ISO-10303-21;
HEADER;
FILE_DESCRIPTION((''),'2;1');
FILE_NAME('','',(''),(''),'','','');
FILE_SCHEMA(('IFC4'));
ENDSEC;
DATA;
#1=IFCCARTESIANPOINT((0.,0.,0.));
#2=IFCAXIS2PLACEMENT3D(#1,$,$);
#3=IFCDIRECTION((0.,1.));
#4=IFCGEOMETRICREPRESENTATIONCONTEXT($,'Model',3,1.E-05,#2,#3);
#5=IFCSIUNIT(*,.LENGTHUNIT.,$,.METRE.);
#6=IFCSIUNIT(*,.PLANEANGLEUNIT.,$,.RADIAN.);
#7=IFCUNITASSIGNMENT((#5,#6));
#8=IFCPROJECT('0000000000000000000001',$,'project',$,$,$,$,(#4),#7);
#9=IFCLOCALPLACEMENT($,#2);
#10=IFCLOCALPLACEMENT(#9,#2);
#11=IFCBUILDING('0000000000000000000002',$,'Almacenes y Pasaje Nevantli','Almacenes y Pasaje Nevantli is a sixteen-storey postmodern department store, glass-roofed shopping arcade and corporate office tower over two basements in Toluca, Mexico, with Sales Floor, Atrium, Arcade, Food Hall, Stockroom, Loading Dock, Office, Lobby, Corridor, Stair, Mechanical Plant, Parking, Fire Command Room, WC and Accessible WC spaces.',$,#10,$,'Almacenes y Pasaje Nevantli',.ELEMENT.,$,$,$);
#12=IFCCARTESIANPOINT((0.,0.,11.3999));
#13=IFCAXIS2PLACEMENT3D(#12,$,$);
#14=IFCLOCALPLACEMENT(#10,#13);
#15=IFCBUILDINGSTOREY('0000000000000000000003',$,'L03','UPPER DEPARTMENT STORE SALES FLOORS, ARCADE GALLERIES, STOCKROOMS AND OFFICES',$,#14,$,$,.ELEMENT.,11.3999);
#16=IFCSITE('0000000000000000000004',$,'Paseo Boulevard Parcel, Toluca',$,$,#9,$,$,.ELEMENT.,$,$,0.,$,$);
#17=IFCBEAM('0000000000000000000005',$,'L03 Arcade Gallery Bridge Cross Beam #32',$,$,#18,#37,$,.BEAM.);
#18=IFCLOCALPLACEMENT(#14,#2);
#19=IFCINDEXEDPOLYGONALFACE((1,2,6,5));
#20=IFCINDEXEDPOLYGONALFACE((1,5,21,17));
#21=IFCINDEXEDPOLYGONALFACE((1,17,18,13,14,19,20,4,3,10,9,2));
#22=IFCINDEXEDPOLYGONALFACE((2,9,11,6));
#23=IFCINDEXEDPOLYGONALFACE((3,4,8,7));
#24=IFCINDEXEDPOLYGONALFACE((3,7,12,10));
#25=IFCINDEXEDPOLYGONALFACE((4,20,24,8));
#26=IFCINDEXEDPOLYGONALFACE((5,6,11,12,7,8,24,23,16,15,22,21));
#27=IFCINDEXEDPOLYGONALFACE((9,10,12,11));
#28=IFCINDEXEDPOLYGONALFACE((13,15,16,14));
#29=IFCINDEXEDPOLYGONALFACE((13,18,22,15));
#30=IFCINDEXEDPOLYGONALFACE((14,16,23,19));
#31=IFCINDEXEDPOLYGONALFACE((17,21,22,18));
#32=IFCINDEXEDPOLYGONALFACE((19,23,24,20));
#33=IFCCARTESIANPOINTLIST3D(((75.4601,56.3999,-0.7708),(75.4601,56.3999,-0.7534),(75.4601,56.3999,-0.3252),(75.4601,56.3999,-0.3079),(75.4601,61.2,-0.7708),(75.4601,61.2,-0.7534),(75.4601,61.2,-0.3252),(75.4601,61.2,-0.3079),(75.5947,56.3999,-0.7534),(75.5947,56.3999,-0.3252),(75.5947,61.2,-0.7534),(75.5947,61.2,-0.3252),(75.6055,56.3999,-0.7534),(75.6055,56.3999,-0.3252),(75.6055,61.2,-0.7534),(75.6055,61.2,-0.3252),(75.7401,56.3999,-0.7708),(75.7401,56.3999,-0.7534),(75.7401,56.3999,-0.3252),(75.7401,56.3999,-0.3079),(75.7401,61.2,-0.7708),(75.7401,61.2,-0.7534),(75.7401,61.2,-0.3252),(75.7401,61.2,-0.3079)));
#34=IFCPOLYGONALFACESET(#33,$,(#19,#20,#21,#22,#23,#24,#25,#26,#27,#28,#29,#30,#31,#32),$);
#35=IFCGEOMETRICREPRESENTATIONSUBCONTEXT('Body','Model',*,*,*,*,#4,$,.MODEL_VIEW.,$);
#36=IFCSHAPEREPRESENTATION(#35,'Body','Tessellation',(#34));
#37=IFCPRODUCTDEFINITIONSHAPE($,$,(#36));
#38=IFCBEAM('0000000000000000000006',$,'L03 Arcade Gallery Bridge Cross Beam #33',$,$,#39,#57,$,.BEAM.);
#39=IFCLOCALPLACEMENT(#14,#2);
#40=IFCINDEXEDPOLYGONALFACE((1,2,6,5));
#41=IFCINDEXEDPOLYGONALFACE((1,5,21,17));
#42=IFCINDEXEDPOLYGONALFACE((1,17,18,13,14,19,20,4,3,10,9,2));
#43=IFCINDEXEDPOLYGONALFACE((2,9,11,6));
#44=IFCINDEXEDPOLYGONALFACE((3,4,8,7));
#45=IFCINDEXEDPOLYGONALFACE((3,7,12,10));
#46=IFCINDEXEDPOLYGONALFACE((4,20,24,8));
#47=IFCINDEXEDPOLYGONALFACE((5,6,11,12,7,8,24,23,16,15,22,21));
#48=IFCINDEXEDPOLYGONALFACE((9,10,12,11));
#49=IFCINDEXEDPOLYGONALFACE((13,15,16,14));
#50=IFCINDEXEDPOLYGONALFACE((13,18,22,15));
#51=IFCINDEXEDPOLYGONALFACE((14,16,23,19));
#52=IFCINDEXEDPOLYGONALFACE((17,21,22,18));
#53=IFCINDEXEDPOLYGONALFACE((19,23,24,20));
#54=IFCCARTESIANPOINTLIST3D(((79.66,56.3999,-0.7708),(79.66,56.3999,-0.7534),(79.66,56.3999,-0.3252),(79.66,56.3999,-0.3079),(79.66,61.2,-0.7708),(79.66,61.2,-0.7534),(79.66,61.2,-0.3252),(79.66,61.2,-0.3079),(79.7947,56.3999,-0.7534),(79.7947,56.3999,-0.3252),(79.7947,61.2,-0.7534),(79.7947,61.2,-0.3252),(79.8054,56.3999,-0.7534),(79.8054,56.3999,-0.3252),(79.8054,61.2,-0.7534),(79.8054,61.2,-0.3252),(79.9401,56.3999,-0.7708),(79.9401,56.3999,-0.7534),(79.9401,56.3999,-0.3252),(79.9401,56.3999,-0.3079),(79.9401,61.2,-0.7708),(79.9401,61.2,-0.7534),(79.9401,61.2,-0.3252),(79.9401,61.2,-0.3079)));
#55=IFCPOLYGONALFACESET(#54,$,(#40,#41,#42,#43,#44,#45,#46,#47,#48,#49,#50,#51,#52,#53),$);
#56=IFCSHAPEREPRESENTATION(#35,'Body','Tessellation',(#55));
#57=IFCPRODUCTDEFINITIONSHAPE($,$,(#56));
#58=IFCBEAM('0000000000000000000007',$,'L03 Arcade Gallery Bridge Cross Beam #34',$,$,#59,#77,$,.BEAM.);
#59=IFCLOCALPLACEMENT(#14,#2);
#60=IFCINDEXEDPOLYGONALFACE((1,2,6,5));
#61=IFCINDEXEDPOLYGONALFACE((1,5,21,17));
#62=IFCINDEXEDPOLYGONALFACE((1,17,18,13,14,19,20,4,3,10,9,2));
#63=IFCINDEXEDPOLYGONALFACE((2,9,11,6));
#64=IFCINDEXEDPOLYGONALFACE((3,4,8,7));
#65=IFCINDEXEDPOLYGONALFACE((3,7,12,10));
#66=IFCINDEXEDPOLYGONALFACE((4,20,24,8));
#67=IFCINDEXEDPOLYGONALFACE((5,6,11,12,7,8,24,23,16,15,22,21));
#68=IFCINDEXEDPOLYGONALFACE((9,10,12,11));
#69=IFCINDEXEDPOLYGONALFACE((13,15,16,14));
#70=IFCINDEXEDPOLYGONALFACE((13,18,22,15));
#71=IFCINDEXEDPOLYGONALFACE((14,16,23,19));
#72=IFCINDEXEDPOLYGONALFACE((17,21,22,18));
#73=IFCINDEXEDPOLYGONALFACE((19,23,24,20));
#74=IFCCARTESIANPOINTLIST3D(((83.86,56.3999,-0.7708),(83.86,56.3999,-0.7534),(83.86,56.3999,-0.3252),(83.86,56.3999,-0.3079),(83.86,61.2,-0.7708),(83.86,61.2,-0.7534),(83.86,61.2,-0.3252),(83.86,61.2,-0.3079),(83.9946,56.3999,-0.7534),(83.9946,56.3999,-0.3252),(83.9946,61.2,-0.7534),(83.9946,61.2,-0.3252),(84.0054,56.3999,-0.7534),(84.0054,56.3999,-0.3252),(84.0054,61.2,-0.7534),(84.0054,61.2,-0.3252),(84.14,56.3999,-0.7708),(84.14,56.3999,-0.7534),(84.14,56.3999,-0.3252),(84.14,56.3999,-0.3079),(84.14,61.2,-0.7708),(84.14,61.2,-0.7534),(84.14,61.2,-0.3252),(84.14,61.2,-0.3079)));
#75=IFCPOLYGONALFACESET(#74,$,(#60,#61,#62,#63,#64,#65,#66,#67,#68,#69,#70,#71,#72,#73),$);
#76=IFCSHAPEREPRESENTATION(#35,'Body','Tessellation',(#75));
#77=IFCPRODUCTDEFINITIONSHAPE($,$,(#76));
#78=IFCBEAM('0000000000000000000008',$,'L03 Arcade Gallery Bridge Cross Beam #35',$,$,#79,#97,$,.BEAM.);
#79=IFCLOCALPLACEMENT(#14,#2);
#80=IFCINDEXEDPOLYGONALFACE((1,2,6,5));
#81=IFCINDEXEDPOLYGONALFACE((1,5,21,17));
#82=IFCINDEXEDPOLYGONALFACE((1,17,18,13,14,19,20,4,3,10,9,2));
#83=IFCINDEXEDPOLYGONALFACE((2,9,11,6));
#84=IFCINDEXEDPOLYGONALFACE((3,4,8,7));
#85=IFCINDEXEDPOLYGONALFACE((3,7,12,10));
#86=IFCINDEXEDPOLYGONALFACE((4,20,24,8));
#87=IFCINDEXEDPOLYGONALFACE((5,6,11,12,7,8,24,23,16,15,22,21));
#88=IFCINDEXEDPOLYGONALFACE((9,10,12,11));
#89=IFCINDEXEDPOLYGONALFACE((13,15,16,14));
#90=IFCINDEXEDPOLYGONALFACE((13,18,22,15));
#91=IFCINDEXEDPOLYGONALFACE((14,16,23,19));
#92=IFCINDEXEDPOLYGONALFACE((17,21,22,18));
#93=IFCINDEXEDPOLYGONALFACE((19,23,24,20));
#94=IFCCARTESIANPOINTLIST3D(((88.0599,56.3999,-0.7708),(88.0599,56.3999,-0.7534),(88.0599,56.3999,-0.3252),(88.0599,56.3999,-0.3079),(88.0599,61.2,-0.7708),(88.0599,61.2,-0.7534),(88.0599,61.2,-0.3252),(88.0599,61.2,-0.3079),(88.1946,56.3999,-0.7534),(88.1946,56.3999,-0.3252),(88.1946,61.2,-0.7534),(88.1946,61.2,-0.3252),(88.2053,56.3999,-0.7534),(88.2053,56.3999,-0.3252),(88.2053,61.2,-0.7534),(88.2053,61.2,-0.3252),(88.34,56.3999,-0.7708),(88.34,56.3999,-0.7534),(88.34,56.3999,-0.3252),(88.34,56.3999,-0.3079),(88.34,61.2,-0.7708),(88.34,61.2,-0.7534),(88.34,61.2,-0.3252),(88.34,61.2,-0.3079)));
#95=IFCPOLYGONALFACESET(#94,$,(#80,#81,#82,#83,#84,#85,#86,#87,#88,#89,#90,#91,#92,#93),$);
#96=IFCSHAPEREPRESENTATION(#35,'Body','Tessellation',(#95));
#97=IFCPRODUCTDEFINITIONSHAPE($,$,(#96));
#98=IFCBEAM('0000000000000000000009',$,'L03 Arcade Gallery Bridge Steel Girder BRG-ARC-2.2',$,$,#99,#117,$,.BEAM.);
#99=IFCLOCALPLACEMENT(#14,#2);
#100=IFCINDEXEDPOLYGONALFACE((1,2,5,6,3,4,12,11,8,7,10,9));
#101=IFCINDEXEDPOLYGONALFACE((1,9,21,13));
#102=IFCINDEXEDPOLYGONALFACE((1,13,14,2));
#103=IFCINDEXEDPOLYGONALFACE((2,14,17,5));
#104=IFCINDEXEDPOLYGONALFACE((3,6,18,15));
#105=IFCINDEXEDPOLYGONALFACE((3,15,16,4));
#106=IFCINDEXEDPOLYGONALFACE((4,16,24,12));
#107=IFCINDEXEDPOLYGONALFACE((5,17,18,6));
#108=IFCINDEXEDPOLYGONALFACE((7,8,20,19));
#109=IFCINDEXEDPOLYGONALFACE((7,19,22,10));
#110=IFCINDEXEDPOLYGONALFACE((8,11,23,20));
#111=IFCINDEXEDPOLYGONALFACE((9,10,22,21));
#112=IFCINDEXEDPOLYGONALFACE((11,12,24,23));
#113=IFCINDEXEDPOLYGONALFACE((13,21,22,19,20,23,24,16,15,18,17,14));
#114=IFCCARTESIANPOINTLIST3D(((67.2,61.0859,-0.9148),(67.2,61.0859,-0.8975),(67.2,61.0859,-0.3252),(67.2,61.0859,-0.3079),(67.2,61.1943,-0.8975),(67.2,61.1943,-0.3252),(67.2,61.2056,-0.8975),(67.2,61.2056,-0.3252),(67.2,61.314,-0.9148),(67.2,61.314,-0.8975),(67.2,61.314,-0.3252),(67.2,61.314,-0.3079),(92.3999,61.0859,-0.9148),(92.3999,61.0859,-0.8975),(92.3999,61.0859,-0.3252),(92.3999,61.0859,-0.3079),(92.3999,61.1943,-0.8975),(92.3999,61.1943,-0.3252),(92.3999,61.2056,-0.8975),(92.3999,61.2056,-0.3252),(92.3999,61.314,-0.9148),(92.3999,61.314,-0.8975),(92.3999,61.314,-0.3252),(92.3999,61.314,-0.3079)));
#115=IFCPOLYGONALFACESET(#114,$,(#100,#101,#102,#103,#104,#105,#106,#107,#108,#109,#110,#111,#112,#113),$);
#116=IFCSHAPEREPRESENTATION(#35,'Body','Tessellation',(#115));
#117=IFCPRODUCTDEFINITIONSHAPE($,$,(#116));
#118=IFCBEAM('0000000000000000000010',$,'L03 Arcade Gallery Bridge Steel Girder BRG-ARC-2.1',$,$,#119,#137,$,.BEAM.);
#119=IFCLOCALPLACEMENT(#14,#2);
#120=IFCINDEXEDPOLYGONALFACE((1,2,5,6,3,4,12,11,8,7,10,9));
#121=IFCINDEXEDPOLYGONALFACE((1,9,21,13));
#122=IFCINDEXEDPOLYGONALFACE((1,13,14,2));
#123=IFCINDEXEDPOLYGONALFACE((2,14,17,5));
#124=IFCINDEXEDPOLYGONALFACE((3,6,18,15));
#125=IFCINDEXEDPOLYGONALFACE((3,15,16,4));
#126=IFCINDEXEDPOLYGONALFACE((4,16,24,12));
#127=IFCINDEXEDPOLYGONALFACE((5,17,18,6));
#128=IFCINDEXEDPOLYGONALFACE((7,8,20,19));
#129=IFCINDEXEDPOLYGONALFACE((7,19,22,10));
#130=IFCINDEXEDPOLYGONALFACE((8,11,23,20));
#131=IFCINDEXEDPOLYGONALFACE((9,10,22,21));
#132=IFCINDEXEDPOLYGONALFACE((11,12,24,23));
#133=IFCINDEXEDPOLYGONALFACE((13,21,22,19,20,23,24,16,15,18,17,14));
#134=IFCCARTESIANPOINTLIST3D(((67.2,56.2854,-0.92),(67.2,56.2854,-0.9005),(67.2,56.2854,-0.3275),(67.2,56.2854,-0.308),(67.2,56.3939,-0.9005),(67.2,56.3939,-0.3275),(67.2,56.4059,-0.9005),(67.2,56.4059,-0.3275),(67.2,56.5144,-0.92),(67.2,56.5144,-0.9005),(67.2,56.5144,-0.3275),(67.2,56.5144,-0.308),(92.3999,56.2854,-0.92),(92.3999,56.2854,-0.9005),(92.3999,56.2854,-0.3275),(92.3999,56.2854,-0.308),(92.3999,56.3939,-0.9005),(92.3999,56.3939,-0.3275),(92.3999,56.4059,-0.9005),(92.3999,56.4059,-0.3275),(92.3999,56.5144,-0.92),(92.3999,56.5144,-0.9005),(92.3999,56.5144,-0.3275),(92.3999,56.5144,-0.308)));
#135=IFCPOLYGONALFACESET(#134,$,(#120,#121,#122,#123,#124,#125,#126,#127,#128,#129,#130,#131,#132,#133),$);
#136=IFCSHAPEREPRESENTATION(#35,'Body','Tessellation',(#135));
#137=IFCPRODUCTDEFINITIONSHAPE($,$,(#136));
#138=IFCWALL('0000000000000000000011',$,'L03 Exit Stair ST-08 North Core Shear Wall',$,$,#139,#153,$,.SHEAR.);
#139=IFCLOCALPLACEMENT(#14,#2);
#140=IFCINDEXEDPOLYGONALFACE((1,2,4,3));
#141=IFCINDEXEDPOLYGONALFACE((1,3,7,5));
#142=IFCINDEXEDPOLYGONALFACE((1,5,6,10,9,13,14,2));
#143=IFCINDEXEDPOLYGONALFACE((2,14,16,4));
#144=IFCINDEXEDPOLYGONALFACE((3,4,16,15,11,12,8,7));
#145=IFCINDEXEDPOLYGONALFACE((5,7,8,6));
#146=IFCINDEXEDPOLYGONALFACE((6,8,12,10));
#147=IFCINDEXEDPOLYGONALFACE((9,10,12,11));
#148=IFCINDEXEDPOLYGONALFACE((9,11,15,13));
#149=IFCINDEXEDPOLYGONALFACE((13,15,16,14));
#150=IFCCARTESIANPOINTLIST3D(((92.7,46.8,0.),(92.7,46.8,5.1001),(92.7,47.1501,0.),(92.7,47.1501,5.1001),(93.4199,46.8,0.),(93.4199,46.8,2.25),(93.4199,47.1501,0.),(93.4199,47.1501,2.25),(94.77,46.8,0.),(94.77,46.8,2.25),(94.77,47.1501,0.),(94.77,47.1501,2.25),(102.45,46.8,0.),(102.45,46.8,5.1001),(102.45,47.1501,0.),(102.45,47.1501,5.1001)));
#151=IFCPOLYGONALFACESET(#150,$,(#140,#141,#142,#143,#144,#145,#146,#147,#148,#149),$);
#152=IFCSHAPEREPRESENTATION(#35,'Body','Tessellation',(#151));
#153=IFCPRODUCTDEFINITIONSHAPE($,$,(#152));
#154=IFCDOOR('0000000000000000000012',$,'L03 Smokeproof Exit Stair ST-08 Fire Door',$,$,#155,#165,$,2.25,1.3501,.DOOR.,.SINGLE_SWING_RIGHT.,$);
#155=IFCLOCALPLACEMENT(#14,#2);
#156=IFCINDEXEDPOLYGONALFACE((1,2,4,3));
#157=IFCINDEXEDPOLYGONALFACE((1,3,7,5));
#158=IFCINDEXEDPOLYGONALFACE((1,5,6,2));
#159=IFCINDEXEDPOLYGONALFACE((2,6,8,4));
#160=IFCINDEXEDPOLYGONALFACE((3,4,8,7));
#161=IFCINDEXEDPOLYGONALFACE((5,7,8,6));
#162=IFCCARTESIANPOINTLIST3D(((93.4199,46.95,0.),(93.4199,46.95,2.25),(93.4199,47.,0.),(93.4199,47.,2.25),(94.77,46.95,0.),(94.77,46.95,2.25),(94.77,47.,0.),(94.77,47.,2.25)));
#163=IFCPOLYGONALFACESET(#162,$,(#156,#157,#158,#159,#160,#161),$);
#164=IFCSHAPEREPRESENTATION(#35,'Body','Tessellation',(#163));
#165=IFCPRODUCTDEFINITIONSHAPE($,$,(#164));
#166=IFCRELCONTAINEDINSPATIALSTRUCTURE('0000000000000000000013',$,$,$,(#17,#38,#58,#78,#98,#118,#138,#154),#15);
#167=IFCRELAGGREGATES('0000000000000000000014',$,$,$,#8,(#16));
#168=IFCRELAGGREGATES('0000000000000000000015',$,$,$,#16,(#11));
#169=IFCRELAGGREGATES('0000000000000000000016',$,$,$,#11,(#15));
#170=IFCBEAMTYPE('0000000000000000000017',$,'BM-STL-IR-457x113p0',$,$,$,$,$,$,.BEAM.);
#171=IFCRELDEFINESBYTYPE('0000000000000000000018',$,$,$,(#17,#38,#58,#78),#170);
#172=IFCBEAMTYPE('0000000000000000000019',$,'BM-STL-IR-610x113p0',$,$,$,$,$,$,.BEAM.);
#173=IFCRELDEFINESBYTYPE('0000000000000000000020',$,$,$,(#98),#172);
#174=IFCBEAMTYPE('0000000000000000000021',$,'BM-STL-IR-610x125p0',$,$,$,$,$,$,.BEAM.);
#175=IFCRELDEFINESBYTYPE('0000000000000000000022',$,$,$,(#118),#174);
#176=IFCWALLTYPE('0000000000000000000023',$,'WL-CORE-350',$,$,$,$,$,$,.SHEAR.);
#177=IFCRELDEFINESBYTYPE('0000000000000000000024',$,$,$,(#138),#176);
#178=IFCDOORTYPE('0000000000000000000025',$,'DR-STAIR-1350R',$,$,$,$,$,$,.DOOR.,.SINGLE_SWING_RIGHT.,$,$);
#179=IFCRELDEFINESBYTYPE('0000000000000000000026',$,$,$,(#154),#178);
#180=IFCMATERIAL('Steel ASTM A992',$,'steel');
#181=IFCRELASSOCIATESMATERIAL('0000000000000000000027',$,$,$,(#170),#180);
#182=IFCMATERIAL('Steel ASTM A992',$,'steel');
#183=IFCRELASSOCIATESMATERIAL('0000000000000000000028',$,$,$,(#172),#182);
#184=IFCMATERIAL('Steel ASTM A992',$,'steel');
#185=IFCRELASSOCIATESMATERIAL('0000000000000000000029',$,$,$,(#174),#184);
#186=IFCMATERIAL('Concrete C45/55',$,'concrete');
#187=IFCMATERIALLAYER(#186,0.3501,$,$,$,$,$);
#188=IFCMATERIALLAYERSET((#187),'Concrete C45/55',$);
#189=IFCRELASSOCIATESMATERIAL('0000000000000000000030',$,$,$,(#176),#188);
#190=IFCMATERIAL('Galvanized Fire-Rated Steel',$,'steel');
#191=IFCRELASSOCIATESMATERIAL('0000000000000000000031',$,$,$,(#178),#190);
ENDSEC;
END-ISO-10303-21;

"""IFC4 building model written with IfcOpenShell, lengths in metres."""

from ifc_helpers import new_model, si_unit, direction, frame, frame_2d, origin, origin_2d, place, context, subcontext, project, spatial, rectangle, i_section, extrude, material, layer, layer_set, material_profile, profile_set, type_object, element, fill, save


model = new_model("IFC4")

# Units and contexts
model_context = context("Model", 3, precision=1e-05, world=origin(), true_north=direction((0.0, 1.0)))
body_context = subcontext(model_context, "Body", "Model", "MODEL_VIEW")
ifc_project = project(units=[si_unit("LENGTHUNIT", "METRE"), si_unit("PLANEANGLEUNIT", "RADIAN")], contexts=[model_context])

# Site, building, storey
site_placement = place(None, origin())
site = spatial("IfcSite", under=ifc_project, at=site_placement, Name="Paseo Boulevard Parcel, Toluca", CompositionType="ELEMENT", RefElevation=0.0)
building_placement = place(site_placement, origin())
building = spatial("IfcBuilding", under=site, at=building_placement, Name="Almacenes y Pasaje Nevantli", Description="Almacenes y Pasaje Nevantli is a sixteen-storey postmodern department store, glass-roofed shopping arcade and corporate office tower over two basements in Toluca, Mexico, with Sales Floor, Atrium, Arcade, Food Hall, Stockroom, Loading Dock, Office, Lobby, Corridor, Stair, Mechanical Plant, Parking, Fire Command Room, WC and Accessible WC spaces.", LongName="Almacenes y Pasaje Nevantli", CompositionType="ELEMENT")
storey_placement = place(building_placement, frame((0.0, 0.0, 11.3999)))
storey = spatial("IfcBuildingStorey", under=building, at=storey_placement, Name="L03", Description="UPPER DEPARTMENT STORE SALES FLOORS, ARCADE GALLERIES, STOCKROOMS AND OFFICES", CompositionType="ELEMENT", Elevation=11.3999)

# Beams
ifc_material_1 = material(Name="Steel ASTM A992", Category="steel")
ifc_material_profile_1 = material_profile(ifc_material_1, i_section(OverallWidth=0.28, OverallDepth=0.4629, WebThickness=0.0107, FlangeThickness=0.0173, at=origin_2d()), Name="IR 457x113.0")
ifc_profile_set_1 = profile_set([ifc_material_profile_1], Name="Steel ASTM A992")
beam_type_1 = type_object("IfcBeamType", Name="BM-STL-IR-457x113p0", PredefinedType="BEAM", material=ifc_profile_set_1)
for number, where, z_axis, x_axis, name in (
    (1, (75.6001, 56.3999, -0.5393), (0.0, 1.0, 0.0), (-1.0, 0.0, 0.0), "L03 Arcade Gallery Bridge Cross Beam #32"),
    (2, (79.8, 56.3999, -0.5393), (0.0, 1.0, 0.0), (-1.0, 0.0, 0.0), "L03 Arcade Gallery Bridge Cross Beam #33"),
    (3, (84.0, 56.3999, -0.5393), (0.0, 1.0, 0.0), (-1.0, 0.0, 0.0), "L03 Arcade Gallery Bridge Cross Beam #34"),
    (4, (88.2, 56.3999, -0.5393), (0.0, 1.0, 0.0), (-1.0, 0.0, 0.0), "L03 Arcade Gallery Bridge Cross Beam #35"),
):
    element("IfcBeam", number, at=place(storey_placement, frame(where, z_axis=z_axis, x_axis=x_axis)), inside=storey, type_object=beam_type_1, Name=name, PredefinedType="BEAM", context=body_context, shape_type="SweptSolid", body=[
        extrude(i_section(OverallWidth=0.28, OverallDepth=0.4629, WebThickness=0.0107, FlangeThickness=0.0173, at=origin_2d()), origin(), (0.0, 0.0, 1.0), 4.8),
    ])
ifc_material_2 = material(Name="Steel ASTM A992", Category="steel")
ifc_material_profile_2 = material_profile(ifc_material_2, i_section(OverallWidth=0.228, OverallDepth=0.6069, WebThickness=0.0112, FlangeThickness=0.0173, at=origin_2d()), Name="IR 610x113.0")
ifc_profile_set_2 = profile_set([ifc_material_profile_2], Name="Steel ASTM A992")
beam_type_2 = type_object("IfcBeamType", Name="BM-STL-IR-610x113p0", PredefinedType="BEAM", material=ifc_profile_set_2)
beam_1_placement = place(storey_placement, frame((67.2, 61.2, -0.6113), z_axis=(1.0, 0.0, 0.0), x_axis=(0.0, 1.0, 0.0)))
element("IfcBeam", 5, at=beam_1_placement, inside=storey, type_object=beam_type_2, Name="L03 Arcade Gallery Bridge Steel Girder BRG-ARC-2.2", PredefinedType="BEAM", context=body_context, shape_type="SweptSolid", body=[
    extrude(i_section(OverallWidth=0.228, OverallDepth=0.6069, WebThickness=0.0112, FlangeThickness=0.0173, at=origin_2d()), origin(), (0.0, 0.0, 1.0), 25.2),
])
ifc_material_3 = material(Name="Steel ASTM A992", Category="steel")
ifc_material_profile_3 = material_profile(ifc_material_3, i_section(OverallWidth=0.229, OverallDepth=0.6121, WebThickness=0.012, FlangeThickness=0.0195, at=origin_2d()), Name="IR 610x125.0")
ifc_profile_set_3 = profile_set([ifc_material_profile_3], Name="Steel ASTM A992")
beam_type_3 = type_object("IfcBeamType", Name="BM-STL-IR-610x125p0", PredefinedType="BEAM", material=ifc_profile_set_3)
beam_2_placement = place(storey_placement, frame((67.2, 56.3999, -0.614), z_axis=(1.0, 0.0, 0.0), x_axis=(0.0, 1.0, 0.0)))
element("IfcBeam", 6, at=beam_2_placement, inside=storey, type_object=beam_type_3, Name="L03 Arcade Gallery Bridge Steel Girder BRG-ARC-2.1", PredefinedType="BEAM", context=body_context, shape_type="SweptSolid", body=[
    extrude(i_section(OverallWidth=0.229, OverallDepth=0.6121, WebThickness=0.012, FlangeThickness=0.0195, at=origin_2d()), origin(), (0.0, 0.0, 1.0), 25.2),
])

# Wall, opening, door
ifc_material_4 = material(Name="Concrete C45/55", Category="concrete")
ifc_layer = layer(ifc_material_4, 0.3501)
ifc_layer_set = layer_set([ifc_layer], Name="Concrete C45/55")
wall_type = type_object("IfcWallType", Name="WL-CORE-350", PredefinedType="SHEAR", material=ifc_layer_set)
wall_placement = place(storey_placement, frame((92.7, 46.9751, 0.0), z_axis=(0.0, 0.0, 1.0), x_axis=(1.0, 0.0, 0.0)))
wall = element("IfcWall", 7, at=wall_placement, inside=storey, type_object=wall_type, Name="L03 Exit Stair ST-08 North Core Shear Wall", PredefinedType="SHEAR", context=body_context, shape_type="SweptSolid", body=[
    extrude(rectangle(XDim=9.75, YDim=0.3501, at=frame_2d((4.875, 0.0))), origin(), (0.0, 0.0, 1.0), 5.1001),
])
opening_placement = place(wall_placement, frame((0.72, 0.0, 0.0)))
opening = element("IfcOpeningElement", 8, at=opening_placement, cuts=wall, PredefinedType="OPENING", context=body_context, shape_type="SweptSolid", body=[
    extrude(rectangle(XDim=1.3501, YDim=2.25, at=frame_2d((0.675, 1.125))), frame((0.0, 0.1851, 0.0), z_axis=(0.0, -1.0, 0.0), x_axis=(1.0, 0.0, 0.0)), (0.0, 0.0, 1.0), 0.3701),
])
ifc_material_5 = material(Name="Galvanized Fire-Rated Steel", Category="steel")
door_type = type_object("IfcDoorType", Name="DR-STAIR-1350R", OperationType="SINGLE_SWING_RIGHT", PredefinedType="DOOR", material=ifc_material_5)
door_placement = place(opening_placement, origin())
door = element("IfcDoor", 9, at=door_placement, inside=storey, type_object=door_type, Name="L03 Smokeproof Exit Stair ST-08 Fire Door", OperationType="SINGLE_SWING_RIGHT", OverallHeight=2.25, OverallWidth=1.3501, PredefinedType="DOOR", context=body_context, shape_type="SweptSolid", body=[
    extrude(rectangle(XDim=1.3501, YDim=2.25, at=frame_2d((0.675, 1.125))), frame((0.0, 0.0249, 0.0), z_axis=(0.0, -1.0, 0.0), x_axis=(1.0, 0.0, 0.0)), (0.0, 0.0, 1.0), 0.05),
])
fill(opening, door)

save(model, "model.ifc")
